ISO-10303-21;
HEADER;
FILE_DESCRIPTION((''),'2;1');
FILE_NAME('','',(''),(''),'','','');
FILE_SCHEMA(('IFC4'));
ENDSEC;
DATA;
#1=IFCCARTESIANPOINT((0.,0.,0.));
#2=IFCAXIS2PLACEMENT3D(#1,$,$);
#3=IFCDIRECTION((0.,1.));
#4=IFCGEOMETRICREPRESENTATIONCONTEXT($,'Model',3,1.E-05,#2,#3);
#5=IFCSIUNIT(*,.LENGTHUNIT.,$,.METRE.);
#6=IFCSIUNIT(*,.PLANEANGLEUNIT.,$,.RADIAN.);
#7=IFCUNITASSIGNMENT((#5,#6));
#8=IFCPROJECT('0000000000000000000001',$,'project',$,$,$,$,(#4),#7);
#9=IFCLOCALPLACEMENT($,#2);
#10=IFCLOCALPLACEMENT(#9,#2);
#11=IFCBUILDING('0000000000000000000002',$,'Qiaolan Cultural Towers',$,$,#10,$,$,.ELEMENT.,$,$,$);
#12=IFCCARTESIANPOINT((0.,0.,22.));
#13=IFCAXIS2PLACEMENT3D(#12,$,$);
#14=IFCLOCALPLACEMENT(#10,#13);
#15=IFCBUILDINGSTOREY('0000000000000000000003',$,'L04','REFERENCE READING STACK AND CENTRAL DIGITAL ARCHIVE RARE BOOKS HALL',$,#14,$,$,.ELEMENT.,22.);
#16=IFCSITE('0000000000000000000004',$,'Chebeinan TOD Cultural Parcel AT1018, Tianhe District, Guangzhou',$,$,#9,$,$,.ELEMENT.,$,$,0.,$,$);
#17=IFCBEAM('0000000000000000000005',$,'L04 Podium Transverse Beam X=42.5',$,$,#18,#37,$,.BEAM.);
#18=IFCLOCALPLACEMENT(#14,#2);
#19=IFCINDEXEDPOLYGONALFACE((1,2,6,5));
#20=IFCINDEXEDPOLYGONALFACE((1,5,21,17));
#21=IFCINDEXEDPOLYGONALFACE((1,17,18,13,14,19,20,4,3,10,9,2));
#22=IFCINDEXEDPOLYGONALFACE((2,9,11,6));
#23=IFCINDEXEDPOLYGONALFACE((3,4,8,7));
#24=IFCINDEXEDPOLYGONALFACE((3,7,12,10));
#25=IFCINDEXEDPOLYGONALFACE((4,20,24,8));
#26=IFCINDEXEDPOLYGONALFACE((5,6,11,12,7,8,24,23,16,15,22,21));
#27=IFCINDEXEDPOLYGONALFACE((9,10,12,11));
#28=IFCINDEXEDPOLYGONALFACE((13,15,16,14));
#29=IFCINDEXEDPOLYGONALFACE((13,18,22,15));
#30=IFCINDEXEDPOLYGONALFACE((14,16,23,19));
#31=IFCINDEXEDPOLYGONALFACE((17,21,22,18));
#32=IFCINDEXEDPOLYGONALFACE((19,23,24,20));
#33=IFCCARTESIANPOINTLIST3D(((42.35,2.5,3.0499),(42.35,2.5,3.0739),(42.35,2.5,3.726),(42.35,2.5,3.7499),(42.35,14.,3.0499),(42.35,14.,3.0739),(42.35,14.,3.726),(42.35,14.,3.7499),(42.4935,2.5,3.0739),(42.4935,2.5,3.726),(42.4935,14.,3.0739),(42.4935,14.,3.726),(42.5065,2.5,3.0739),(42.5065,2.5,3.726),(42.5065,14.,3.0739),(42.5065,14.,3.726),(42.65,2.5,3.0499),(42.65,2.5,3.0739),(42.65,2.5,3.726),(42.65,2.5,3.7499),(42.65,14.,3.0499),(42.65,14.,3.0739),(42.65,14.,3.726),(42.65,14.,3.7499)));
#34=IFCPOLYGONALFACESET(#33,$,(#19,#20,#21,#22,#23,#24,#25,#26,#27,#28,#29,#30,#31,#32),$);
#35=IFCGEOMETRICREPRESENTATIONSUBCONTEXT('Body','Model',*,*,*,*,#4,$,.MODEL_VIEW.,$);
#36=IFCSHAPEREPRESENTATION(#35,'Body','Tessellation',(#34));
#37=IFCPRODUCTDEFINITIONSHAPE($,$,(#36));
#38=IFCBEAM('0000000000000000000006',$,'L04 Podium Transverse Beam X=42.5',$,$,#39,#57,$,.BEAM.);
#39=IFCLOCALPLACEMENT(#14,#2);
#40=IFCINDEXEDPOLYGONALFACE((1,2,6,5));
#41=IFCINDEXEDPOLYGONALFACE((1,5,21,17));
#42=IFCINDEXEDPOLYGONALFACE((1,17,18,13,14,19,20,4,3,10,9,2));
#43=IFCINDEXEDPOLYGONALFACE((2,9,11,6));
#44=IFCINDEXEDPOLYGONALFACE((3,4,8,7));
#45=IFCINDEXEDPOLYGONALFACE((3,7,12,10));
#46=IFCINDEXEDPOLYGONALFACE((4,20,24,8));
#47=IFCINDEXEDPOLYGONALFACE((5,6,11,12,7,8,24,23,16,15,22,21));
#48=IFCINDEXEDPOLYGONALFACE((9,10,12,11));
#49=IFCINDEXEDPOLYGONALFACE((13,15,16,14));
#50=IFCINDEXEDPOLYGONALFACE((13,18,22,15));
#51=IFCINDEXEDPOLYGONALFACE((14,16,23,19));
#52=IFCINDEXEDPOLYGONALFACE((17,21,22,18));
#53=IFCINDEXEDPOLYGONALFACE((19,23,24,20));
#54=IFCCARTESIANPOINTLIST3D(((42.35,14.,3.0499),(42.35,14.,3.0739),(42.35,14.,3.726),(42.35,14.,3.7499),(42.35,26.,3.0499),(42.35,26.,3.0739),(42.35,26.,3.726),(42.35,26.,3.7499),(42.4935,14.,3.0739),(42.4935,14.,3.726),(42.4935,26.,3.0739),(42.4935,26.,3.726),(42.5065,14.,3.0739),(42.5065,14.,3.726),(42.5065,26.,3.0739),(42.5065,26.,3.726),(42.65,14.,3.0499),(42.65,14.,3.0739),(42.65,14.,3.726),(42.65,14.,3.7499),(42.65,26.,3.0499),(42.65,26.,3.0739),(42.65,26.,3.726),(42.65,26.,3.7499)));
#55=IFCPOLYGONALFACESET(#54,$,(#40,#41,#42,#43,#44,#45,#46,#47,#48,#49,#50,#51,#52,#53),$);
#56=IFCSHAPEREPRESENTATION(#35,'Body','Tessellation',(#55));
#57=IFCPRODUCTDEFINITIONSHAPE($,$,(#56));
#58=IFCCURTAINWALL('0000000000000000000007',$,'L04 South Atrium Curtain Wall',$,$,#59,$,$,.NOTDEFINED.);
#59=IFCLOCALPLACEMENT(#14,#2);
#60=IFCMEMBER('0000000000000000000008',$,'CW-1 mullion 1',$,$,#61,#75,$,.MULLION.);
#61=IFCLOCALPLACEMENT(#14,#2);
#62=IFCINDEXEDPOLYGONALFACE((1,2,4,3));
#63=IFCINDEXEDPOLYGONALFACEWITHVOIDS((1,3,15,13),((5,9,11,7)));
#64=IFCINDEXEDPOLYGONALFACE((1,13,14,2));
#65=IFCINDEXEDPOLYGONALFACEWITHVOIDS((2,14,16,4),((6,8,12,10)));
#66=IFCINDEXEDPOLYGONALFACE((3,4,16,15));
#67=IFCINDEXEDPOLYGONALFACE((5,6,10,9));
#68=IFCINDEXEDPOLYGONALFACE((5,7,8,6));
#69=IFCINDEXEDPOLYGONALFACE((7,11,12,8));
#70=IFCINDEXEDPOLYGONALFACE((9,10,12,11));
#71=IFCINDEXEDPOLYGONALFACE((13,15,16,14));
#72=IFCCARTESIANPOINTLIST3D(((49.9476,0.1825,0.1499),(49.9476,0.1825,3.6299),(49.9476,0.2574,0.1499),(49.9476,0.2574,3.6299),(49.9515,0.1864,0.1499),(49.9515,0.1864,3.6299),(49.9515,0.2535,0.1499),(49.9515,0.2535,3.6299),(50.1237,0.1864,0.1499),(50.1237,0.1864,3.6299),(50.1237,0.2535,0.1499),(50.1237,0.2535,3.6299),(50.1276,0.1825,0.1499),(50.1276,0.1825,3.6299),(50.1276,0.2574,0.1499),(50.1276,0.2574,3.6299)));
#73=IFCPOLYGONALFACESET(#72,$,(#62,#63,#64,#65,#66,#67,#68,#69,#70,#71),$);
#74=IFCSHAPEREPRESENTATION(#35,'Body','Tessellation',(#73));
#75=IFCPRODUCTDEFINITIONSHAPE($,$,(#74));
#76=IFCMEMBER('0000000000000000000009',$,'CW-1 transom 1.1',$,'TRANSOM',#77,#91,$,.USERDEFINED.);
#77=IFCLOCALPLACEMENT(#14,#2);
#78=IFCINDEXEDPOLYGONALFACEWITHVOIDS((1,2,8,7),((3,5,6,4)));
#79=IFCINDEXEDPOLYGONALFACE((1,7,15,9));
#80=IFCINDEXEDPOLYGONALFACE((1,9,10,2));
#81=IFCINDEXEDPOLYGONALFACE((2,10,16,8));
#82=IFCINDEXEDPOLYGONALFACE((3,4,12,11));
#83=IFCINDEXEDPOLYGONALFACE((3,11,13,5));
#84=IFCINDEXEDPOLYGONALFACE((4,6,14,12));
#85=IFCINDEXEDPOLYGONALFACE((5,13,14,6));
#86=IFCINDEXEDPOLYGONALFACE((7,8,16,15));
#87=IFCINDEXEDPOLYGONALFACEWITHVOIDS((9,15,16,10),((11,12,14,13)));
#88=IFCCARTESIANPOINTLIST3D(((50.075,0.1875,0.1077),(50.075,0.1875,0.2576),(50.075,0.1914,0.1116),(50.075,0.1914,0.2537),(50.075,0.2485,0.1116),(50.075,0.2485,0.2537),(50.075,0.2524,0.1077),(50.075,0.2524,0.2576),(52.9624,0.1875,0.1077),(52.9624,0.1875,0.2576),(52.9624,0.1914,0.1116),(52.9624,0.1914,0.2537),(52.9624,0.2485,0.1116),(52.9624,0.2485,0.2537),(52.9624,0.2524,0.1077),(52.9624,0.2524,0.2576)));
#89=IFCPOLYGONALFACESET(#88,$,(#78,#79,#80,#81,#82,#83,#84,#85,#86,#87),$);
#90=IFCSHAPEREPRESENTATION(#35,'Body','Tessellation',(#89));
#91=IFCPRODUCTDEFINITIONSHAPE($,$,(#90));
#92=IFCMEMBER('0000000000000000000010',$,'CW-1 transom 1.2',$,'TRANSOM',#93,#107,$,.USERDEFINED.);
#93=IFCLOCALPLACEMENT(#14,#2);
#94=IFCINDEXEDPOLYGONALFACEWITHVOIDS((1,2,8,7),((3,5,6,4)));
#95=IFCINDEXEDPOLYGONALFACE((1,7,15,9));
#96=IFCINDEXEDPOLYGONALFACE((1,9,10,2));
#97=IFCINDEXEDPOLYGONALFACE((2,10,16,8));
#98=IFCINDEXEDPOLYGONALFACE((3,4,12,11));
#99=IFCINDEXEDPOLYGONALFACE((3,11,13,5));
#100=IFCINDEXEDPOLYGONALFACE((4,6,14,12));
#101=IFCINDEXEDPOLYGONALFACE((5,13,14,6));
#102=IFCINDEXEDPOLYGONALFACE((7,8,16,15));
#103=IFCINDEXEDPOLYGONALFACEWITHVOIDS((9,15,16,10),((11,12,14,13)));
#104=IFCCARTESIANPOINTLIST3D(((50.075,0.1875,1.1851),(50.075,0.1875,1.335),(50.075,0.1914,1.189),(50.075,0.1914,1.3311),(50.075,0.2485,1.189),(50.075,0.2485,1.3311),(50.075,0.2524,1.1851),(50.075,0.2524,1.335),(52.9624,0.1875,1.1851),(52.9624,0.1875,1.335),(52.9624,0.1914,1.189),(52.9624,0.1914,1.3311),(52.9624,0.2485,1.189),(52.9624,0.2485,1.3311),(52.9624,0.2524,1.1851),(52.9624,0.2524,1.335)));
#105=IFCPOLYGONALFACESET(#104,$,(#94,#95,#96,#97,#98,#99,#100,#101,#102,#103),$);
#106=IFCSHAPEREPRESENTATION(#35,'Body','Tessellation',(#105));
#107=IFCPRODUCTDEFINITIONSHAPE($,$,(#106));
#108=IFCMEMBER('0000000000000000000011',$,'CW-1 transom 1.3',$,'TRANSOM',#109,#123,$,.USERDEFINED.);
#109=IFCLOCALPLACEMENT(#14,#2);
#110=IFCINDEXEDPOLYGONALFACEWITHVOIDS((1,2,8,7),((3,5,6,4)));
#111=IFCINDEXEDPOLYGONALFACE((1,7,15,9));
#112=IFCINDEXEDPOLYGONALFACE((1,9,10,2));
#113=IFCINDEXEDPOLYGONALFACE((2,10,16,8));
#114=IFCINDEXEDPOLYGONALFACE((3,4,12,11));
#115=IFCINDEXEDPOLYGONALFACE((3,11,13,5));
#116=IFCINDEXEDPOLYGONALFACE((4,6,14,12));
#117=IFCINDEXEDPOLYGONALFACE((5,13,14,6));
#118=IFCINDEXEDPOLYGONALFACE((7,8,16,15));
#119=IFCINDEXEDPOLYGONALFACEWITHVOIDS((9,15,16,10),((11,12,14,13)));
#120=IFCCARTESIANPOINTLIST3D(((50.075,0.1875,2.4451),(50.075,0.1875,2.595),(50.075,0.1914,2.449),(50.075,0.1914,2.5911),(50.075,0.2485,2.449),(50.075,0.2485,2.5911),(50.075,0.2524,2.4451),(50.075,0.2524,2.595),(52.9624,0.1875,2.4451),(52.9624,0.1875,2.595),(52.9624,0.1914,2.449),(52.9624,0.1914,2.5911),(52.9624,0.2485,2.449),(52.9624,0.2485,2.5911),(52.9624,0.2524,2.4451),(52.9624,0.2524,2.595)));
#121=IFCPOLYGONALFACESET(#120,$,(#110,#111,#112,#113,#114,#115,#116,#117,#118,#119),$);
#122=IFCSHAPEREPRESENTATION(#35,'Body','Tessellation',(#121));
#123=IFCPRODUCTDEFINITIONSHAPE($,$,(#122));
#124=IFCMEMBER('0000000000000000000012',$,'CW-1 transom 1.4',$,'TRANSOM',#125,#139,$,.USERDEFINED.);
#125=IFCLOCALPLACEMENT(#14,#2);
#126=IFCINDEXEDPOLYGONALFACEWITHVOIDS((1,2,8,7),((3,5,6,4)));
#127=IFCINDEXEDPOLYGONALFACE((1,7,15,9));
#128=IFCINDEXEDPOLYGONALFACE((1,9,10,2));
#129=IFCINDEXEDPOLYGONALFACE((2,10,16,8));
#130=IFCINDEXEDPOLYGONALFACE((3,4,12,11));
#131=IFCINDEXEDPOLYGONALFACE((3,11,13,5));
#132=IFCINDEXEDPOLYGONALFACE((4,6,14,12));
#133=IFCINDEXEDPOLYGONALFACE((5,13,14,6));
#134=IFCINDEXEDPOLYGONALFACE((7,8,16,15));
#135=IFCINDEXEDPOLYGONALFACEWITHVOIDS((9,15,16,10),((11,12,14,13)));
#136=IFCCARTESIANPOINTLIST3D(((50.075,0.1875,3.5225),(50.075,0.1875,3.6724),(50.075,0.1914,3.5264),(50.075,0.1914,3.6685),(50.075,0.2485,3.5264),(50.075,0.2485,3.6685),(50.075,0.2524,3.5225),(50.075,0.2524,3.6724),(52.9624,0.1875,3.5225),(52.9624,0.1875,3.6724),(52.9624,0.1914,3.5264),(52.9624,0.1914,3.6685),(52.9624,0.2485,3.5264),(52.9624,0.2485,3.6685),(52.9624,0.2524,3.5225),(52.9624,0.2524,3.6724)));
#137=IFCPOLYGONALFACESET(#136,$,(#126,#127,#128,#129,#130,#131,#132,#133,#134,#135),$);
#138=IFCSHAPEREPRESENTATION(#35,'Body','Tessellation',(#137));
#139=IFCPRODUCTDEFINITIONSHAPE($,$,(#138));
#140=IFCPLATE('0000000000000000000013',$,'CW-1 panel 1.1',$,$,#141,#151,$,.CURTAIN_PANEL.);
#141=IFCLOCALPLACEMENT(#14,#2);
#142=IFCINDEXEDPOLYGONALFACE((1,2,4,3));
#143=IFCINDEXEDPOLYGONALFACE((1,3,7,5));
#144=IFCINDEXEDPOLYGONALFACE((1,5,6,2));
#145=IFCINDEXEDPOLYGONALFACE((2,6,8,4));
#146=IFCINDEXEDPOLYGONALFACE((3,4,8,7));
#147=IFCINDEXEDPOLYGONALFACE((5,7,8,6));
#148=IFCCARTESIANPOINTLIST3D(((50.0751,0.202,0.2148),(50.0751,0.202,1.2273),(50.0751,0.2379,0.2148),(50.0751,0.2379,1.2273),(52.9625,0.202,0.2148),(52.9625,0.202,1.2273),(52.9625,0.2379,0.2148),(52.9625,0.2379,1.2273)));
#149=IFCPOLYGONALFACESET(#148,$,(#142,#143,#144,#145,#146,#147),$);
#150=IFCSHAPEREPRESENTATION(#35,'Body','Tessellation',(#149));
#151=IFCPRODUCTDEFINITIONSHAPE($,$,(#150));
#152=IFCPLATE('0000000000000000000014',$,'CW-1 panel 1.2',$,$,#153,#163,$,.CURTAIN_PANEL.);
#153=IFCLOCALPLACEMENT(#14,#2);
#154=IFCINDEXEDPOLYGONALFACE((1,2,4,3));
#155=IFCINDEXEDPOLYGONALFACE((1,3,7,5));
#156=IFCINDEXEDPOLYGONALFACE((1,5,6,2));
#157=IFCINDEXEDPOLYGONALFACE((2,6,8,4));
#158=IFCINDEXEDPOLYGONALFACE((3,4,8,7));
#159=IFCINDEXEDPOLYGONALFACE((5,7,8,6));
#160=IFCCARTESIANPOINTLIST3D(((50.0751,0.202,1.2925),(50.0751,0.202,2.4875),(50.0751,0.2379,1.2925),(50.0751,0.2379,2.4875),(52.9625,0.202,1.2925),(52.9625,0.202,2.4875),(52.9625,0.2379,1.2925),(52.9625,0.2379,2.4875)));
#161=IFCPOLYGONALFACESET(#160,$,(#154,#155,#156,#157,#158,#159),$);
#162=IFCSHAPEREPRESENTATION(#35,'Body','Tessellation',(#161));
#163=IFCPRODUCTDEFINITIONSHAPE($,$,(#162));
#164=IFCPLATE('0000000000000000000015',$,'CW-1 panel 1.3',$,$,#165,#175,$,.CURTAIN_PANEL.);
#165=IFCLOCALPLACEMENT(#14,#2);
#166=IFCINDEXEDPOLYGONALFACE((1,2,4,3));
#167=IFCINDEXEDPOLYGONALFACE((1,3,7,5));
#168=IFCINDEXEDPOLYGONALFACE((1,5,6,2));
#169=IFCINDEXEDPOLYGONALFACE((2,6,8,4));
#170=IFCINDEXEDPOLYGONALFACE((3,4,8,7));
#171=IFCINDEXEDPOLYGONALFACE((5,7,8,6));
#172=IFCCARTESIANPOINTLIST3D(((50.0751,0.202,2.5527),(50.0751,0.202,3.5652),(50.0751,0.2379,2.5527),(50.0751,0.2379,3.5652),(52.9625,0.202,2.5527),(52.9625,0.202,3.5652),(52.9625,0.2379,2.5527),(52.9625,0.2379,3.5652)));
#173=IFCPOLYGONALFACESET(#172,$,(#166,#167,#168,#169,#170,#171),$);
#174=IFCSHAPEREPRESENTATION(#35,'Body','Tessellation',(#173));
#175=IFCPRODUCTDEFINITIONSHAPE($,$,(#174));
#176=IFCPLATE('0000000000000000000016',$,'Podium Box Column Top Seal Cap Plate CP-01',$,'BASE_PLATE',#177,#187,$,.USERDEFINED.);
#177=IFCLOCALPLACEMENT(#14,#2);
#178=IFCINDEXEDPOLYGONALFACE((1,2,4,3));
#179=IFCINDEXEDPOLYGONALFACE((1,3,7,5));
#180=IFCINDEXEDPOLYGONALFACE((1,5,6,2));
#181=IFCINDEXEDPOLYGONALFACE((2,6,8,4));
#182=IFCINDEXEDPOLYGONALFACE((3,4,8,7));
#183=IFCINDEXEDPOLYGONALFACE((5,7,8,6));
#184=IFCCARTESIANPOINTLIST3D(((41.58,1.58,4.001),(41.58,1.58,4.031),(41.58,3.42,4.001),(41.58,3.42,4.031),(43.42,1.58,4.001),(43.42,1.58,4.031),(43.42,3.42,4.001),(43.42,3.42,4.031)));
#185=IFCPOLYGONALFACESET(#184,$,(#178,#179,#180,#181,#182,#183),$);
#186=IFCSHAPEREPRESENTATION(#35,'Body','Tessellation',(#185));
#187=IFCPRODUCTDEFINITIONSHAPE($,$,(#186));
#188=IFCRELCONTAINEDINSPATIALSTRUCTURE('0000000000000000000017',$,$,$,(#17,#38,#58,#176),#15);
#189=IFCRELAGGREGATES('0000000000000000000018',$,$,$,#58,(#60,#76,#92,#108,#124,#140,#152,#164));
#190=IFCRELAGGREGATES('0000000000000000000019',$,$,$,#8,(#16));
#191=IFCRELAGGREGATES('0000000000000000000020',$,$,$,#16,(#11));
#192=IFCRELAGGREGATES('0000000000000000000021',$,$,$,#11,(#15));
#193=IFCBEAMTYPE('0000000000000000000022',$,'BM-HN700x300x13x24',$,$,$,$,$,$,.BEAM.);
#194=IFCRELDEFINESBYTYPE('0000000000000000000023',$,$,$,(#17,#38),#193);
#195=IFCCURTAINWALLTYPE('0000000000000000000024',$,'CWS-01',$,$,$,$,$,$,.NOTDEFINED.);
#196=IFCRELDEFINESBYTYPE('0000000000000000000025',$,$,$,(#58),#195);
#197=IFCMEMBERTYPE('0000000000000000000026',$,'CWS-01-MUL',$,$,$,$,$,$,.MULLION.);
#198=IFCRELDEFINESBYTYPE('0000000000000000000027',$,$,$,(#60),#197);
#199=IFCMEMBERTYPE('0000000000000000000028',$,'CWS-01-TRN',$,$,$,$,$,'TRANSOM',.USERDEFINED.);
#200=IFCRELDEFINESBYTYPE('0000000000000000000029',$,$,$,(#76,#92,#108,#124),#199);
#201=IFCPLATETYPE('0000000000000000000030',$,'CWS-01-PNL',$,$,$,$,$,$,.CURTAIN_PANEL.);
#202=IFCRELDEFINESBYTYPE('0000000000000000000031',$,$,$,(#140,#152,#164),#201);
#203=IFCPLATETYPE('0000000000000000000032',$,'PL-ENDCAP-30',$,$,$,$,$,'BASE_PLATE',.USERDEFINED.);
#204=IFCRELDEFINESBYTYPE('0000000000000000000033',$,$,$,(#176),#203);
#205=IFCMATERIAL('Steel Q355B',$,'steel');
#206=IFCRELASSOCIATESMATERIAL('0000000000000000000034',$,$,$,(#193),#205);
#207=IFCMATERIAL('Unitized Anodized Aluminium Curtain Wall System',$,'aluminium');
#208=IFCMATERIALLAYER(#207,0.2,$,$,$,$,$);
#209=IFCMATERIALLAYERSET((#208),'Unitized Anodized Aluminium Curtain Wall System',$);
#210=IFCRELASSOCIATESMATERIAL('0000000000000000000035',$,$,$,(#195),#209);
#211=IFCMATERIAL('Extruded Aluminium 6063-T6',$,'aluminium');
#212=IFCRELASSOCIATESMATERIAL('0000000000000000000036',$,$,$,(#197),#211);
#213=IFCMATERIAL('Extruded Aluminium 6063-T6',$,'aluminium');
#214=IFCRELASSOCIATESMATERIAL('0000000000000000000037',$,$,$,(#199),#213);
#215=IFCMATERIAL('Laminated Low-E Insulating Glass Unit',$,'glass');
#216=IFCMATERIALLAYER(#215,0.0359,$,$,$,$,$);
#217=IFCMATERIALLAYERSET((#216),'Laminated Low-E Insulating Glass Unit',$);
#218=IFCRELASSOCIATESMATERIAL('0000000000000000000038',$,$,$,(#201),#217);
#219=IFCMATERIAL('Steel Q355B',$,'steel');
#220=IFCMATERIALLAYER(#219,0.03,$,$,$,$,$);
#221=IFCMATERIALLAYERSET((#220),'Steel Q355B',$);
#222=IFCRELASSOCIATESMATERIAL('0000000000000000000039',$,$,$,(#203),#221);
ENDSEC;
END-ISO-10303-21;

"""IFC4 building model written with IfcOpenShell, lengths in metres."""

from ifc_helpers import new_model, si_unit, direction, frame, origin, origin_2d, place, context, subcontext, project, spatial, rectangle, hollow_rectangle, i_section, extrude, material, layer, layer_set, material_profile, profile_set, type_object, element, aggregate, save


model = new_model("IFC4")

# Units and contexts
model_context = context("Model", 3, precision=1e-05, world=origin(), true_north=direction((0.0, 1.0)))
body_context = subcontext(model_context, "Body", "Model", "MODEL_VIEW")
ifc_project = project(units=[si_unit("LENGTHUNIT", "METRE"), si_unit("PLANEANGLEUNIT", "RADIAN")], contexts=[model_context])

# Site, building, storey
site_placement = place(None, origin())
site = spatial("IfcSite", under=ifc_project, at=site_placement, Name="Chebeinan TOD Cultural Parcel AT1018, Tianhe District, Guangzhou", CompositionType="ELEMENT", RefElevation=0.0)
building_placement = place(site_placement, origin())
building = spatial("IfcBuilding", under=site, at=building_placement, Name="Qiaolan Cultural Towers", CompositionType="ELEMENT")
storey_placement = place(building_placement, frame((0.0, 0.0, 22.0)))
storey = spatial("IfcBuildingStorey", under=building, at=storey_placement, Name="L04", Description="REFERENCE READING STACK AND CENTRAL DIGITAL ARCHIVE RARE BOOKS HALL", CompositionType="ELEMENT", Elevation=22.0)

# Beams
ifc_material_1 = material(Name="Steel Q355B", Category="steel")
ifc_material_profile_1 = material_profile(ifc_material_1, i_section(OverallWidth=0.3, OverallDepth=0.7, WebThickness=0.0129, FlangeThickness=0.0239, at=origin_2d()), Name="HN700x300x13x24")
ifc_profile_set_1 = profile_set([ifc_material_profile_1], Name="Steel Q355B")
beam_type_1 = type_object("IfcBeamType", Name="BM-HN700x300x13x24", PredefinedType="BEAM", material=ifc_profile_set_1)
beam_1_placement = place(storey_placement, frame((42.5, 2.5, 3.3999), z_axis=(0.0, 1.0, 0.0), x_axis=(-1.0, 0.0, 0.0)))
element("IfcBeam", 1, at=beam_1_placement, inside=storey, type_object=beam_type_1, Name="L04 Podium Transverse Beam X=42.5", PredefinedType="BEAM", context=body_context, shape_type="SweptSolid", body=[
    extrude(i_section(OverallWidth=0.3, OverallDepth=0.7, WebThickness=0.0129, FlangeThickness=0.0239, at=origin_2d()), origin(), (0.0, 0.0, 1.0), 11.5),
])
beam_2_placement = place(storey_placement, frame((42.5, 14.0, 3.3999), z_axis=(0.0, 1.0, 0.0), x_axis=(-1.0, 0.0, 0.0)))
element("IfcBeam", 2, at=beam_2_placement, inside=storey, type_object=beam_type_1, Name="L04 Podium Transverse Beam X=42.5", PredefinedType="BEAM", context=body_context, shape_type="SweptSolid", body=[
    extrude(i_section(OverallWidth=0.3, OverallDepth=0.7, WebThickness=0.0129, FlangeThickness=0.0239, at=origin_2d()), origin(), (0.0, 0.0, 1.0), 12.0),
])

# Curtain wall, members, plates
ifc_material_2 = material(Name="Unitized Anodized Aluminium Curtain Wall System", Category="aluminium")
ifc_layer_1 = layer(ifc_material_2, 0.2)
ifc_layer_set_1 = layer_set([ifc_layer_1], Name="Unitized Anodized Aluminium Curtain Wall System")
curtain_wall_type = type_object("IfcCurtainWallType", Name="CWS-01", PredefinedType="NOTDEFINED", material=ifc_layer_set_1)
curtain_wall_placement = place(storey_placement, origin())
curtain_wall = element("IfcCurtainWall", 3, at=curtain_wall_placement, inside=storey, type_object=curtain_wall_type, Name="L04 South Atrium Curtain Wall", PredefinedType="NOTDEFINED")
ifc_material_3 = material(Name="Extruded Aluminium 6063-T6", Category="aluminium")
ifc_material_profile_2 = material_profile(ifc_material_3, hollow_rectangle(XDim=0.075, YDim=0.1799, WallThickness=0.0039, at=origin_2d()), Name="CWM-180x75x4")
ifc_profile_set_2 = profile_set([ifc_material_profile_2], Name="Extruded Aluminium 6063-T6")
member_type_1 = type_object("IfcMemberType", Name="CWS-01-MUL", PredefinedType="MULLION", material=ifc_profile_set_2)
member_1_placement = place(storey_placement, frame((50.0376, 0.22, 0.1499), z_axis=(0.0, 0.0, 1.0), x_axis=(0.0, 1.0, 0.0)))
member_1 = element("IfcMember", 4, at=member_1_placement, type_object=member_type_1, Name="CW-1 mullion 1", PredefinedType="MULLION", context=body_context, shape_type="SweptSolid", body=[
    extrude(hollow_rectangle(XDim=0.075, YDim=0.1799, WallThickness=0.0039, at=origin_2d()), origin(), (0.0, 0.0, 1.0), 3.48),
])
ifc_material_4 = material(Name="Extruded Aluminium 6063-T6", Category="aluminium")
ifc_material_profile_3 = material_profile(ifc_material_4, hollow_rectangle(XDim=0.0649, YDim=0.1499, WallThickness=0.0039, at=origin_2d()), Name="CWT-150x65x4")
ifc_profile_set_3 = profile_set([ifc_material_profile_3], Name="Extruded Aluminium 6063-T6")
member_type_2 = type_object("IfcMemberType", Name="CWS-01-TRN", ElementType="TRANSOM", PredefinedType="USERDEFINED", material=ifc_profile_set_3)
member_2_placement = place(storey_placement, frame((50.075, 0.22, 0.1826), z_axis=(1.0, 0.0, 0.0), x_axis=(0.0, 1.0, 0.0)))
member_2 = element("IfcMember", 5, at=member_2_placement, type_object=member_type_2, Name="CW-1 transom 1.1", ObjectType="TRANSOM", PredefinedType="USERDEFINED", context=body_context, shape_type="SweptSolid", body=[
    extrude(hollow_rectangle(XDim=0.0649, YDim=0.1499, WallThickness=0.0039, at=origin_2d()), origin(), (0.0, 0.0, 1.0), 2.8875),
])
member_3_placement = place(storey_placement, frame((50.075, 0.22, 1.26), z_axis=(1.0, 0.0, 0.0), x_axis=(0.0, 1.0, 0.0)))
member_3 = element("IfcMember", 6, at=member_3_placement, type_object=member_type_2, Name="CW-1 transom 1.2", ObjectType="TRANSOM", PredefinedType="USERDEFINED", context=body_context, shape_type="SweptSolid", body=[
    extrude(hollow_rectangle(XDim=0.0649, YDim=0.1499, WallThickness=0.0039, at=origin_2d()), origin(), (0.0, 0.0, 1.0), 2.8875),
])
member_4_placement = place(storey_placement, frame((50.075, 0.22, 2.52), z_axis=(1.0, 0.0, 0.0), x_axis=(0.0, 1.0, 0.0)))
member_4 = element("IfcMember", 7, at=member_4_placement, type_object=member_type_2, Name="CW-1 transom 1.3", ObjectType="TRANSOM", PredefinedType="USERDEFINED", context=body_context, shape_type="SweptSolid", body=[
    extrude(hollow_rectangle(XDim=0.0649, YDim=0.1499, WallThickness=0.0039, at=origin_2d()), origin(), (0.0, 0.0, 1.0), 2.8875),
])
member_5_placement = place(storey_placement, frame((50.075, 0.22, 3.5974), z_axis=(1.0, 0.0, 0.0), x_axis=(0.0, 1.0, 0.0)))
member_5 = element("IfcMember", 8, at=member_5_placement, type_object=member_type_2, Name="CW-1 transom 1.4", ObjectType="TRANSOM", PredefinedType="USERDEFINED", context=body_context, shape_type="SweptSolid", body=[
    extrude(hollow_rectangle(XDim=0.0649, YDim=0.1499, WallThickness=0.0039, at=origin_2d()), origin(), (0.0, 0.0, 1.0), 2.8875),
])
ifc_material_5 = material(Name="Laminated Low-E Insulating Glass Unit", Category="glass")
ifc_layer_2 = layer(ifc_material_5, 0.0359)
ifc_layer_set_2 = layer_set([ifc_layer_2], Name="Laminated Low-E Insulating Glass Unit")
plate_type_1 = type_object("IfcPlateType", Name="CWS-01-PNL", PredefinedType="CURTAIN_PANEL", material=ifc_layer_set_2)
plate_1_placement = place(storey_placement, frame((51.5188, 0.22, 0.2148), z_axis=(0.0, 0.0, 1.0), x_axis=(1.0, 0.0, 0.0)))
plate_1 = element("IfcPlate", 9, at=plate_1_placement, type_object=plate_type_1, Name="CW-1 panel 1.1", PredefinedType="CURTAIN_PANEL", context=body_context, shape_type="SweptSolid", body=[
    extrude(rectangle(XDim=2.8875, YDim=0.0359, at=origin_2d()), origin(), (0.0, 0.0, 1.0), 1.0125),
])
plate_2_placement = place(storey_placement, frame((51.5188, 0.22, 1.2925), z_axis=(0.0, 0.0, 1.0), x_axis=(1.0, 0.0, 0.0)))
plate_2 = element("IfcPlate", 10, at=plate_2_placement, type_object=plate_type_1, Name="CW-1 panel 1.2", PredefinedType="CURTAIN_PANEL", context=body_context, shape_type="SweptSolid", body=[
    extrude(rectangle(XDim=2.8875, YDim=0.0359, at=origin_2d()), origin(), (0.0, 0.0, 1.0), 1.1951),
])
plate_3_placement = place(storey_placement, frame((51.5188, 0.22, 2.5527), z_axis=(0.0, 0.0, 1.0), x_axis=(1.0, 0.0, 0.0)))
plate_3 = element("IfcPlate", 11, at=plate_3_placement, type_object=plate_type_1, Name="CW-1 panel 1.3", PredefinedType="CURTAIN_PANEL", context=body_context, shape_type="SweptSolid", body=[
    extrude(rectangle(XDim=2.8875, YDim=0.0359, at=origin_2d()), origin(), (0.0, 0.0, 1.0), 1.0125),
])
aggregate(curtain_wall, [member_1, member_2, member_3, member_4, member_5, plate_1, plate_2, plate_3])

# Plate
ifc_material_6 = material(Name="Steel Q355B", Category="steel")
ifc_layer_3 = layer(ifc_material_6, 0.03)
ifc_layer_set_3 = layer_set([ifc_layer_3], Name="Steel Q355B")
plate_type_2 = type_object("IfcPlateType", Name="PL-ENDCAP-30", ElementType="BASE_PLATE", PredefinedType="USERDEFINED", material=ifc_layer_set_3)
for number, where, z_axis, x_axis, name in (
    (12, (42.5, 2.5, 4.001), (0.0, 0.0, 1.0), (1.0, 0.0, 0.0), "Podium Box Column Top Seal Cap Plate CP-01"),
):
    element("IfcPlate", number, at=place(storey_placement, frame(where, z_axis=z_axis, x_axis=x_axis)), inside=storey, type_object=plate_type_2, Name=name, ObjectType="BASE_PLATE", PredefinedType="USERDEFINED", context=body_context, shape_type="SweptSolid", body=[
        extrude(rectangle(XDim=1.8401, YDim=1.8401, at=origin_2d()), origin(), (0.0, 0.0, 1.0), 0.03),
    ])

save(model, "model.ifc")
